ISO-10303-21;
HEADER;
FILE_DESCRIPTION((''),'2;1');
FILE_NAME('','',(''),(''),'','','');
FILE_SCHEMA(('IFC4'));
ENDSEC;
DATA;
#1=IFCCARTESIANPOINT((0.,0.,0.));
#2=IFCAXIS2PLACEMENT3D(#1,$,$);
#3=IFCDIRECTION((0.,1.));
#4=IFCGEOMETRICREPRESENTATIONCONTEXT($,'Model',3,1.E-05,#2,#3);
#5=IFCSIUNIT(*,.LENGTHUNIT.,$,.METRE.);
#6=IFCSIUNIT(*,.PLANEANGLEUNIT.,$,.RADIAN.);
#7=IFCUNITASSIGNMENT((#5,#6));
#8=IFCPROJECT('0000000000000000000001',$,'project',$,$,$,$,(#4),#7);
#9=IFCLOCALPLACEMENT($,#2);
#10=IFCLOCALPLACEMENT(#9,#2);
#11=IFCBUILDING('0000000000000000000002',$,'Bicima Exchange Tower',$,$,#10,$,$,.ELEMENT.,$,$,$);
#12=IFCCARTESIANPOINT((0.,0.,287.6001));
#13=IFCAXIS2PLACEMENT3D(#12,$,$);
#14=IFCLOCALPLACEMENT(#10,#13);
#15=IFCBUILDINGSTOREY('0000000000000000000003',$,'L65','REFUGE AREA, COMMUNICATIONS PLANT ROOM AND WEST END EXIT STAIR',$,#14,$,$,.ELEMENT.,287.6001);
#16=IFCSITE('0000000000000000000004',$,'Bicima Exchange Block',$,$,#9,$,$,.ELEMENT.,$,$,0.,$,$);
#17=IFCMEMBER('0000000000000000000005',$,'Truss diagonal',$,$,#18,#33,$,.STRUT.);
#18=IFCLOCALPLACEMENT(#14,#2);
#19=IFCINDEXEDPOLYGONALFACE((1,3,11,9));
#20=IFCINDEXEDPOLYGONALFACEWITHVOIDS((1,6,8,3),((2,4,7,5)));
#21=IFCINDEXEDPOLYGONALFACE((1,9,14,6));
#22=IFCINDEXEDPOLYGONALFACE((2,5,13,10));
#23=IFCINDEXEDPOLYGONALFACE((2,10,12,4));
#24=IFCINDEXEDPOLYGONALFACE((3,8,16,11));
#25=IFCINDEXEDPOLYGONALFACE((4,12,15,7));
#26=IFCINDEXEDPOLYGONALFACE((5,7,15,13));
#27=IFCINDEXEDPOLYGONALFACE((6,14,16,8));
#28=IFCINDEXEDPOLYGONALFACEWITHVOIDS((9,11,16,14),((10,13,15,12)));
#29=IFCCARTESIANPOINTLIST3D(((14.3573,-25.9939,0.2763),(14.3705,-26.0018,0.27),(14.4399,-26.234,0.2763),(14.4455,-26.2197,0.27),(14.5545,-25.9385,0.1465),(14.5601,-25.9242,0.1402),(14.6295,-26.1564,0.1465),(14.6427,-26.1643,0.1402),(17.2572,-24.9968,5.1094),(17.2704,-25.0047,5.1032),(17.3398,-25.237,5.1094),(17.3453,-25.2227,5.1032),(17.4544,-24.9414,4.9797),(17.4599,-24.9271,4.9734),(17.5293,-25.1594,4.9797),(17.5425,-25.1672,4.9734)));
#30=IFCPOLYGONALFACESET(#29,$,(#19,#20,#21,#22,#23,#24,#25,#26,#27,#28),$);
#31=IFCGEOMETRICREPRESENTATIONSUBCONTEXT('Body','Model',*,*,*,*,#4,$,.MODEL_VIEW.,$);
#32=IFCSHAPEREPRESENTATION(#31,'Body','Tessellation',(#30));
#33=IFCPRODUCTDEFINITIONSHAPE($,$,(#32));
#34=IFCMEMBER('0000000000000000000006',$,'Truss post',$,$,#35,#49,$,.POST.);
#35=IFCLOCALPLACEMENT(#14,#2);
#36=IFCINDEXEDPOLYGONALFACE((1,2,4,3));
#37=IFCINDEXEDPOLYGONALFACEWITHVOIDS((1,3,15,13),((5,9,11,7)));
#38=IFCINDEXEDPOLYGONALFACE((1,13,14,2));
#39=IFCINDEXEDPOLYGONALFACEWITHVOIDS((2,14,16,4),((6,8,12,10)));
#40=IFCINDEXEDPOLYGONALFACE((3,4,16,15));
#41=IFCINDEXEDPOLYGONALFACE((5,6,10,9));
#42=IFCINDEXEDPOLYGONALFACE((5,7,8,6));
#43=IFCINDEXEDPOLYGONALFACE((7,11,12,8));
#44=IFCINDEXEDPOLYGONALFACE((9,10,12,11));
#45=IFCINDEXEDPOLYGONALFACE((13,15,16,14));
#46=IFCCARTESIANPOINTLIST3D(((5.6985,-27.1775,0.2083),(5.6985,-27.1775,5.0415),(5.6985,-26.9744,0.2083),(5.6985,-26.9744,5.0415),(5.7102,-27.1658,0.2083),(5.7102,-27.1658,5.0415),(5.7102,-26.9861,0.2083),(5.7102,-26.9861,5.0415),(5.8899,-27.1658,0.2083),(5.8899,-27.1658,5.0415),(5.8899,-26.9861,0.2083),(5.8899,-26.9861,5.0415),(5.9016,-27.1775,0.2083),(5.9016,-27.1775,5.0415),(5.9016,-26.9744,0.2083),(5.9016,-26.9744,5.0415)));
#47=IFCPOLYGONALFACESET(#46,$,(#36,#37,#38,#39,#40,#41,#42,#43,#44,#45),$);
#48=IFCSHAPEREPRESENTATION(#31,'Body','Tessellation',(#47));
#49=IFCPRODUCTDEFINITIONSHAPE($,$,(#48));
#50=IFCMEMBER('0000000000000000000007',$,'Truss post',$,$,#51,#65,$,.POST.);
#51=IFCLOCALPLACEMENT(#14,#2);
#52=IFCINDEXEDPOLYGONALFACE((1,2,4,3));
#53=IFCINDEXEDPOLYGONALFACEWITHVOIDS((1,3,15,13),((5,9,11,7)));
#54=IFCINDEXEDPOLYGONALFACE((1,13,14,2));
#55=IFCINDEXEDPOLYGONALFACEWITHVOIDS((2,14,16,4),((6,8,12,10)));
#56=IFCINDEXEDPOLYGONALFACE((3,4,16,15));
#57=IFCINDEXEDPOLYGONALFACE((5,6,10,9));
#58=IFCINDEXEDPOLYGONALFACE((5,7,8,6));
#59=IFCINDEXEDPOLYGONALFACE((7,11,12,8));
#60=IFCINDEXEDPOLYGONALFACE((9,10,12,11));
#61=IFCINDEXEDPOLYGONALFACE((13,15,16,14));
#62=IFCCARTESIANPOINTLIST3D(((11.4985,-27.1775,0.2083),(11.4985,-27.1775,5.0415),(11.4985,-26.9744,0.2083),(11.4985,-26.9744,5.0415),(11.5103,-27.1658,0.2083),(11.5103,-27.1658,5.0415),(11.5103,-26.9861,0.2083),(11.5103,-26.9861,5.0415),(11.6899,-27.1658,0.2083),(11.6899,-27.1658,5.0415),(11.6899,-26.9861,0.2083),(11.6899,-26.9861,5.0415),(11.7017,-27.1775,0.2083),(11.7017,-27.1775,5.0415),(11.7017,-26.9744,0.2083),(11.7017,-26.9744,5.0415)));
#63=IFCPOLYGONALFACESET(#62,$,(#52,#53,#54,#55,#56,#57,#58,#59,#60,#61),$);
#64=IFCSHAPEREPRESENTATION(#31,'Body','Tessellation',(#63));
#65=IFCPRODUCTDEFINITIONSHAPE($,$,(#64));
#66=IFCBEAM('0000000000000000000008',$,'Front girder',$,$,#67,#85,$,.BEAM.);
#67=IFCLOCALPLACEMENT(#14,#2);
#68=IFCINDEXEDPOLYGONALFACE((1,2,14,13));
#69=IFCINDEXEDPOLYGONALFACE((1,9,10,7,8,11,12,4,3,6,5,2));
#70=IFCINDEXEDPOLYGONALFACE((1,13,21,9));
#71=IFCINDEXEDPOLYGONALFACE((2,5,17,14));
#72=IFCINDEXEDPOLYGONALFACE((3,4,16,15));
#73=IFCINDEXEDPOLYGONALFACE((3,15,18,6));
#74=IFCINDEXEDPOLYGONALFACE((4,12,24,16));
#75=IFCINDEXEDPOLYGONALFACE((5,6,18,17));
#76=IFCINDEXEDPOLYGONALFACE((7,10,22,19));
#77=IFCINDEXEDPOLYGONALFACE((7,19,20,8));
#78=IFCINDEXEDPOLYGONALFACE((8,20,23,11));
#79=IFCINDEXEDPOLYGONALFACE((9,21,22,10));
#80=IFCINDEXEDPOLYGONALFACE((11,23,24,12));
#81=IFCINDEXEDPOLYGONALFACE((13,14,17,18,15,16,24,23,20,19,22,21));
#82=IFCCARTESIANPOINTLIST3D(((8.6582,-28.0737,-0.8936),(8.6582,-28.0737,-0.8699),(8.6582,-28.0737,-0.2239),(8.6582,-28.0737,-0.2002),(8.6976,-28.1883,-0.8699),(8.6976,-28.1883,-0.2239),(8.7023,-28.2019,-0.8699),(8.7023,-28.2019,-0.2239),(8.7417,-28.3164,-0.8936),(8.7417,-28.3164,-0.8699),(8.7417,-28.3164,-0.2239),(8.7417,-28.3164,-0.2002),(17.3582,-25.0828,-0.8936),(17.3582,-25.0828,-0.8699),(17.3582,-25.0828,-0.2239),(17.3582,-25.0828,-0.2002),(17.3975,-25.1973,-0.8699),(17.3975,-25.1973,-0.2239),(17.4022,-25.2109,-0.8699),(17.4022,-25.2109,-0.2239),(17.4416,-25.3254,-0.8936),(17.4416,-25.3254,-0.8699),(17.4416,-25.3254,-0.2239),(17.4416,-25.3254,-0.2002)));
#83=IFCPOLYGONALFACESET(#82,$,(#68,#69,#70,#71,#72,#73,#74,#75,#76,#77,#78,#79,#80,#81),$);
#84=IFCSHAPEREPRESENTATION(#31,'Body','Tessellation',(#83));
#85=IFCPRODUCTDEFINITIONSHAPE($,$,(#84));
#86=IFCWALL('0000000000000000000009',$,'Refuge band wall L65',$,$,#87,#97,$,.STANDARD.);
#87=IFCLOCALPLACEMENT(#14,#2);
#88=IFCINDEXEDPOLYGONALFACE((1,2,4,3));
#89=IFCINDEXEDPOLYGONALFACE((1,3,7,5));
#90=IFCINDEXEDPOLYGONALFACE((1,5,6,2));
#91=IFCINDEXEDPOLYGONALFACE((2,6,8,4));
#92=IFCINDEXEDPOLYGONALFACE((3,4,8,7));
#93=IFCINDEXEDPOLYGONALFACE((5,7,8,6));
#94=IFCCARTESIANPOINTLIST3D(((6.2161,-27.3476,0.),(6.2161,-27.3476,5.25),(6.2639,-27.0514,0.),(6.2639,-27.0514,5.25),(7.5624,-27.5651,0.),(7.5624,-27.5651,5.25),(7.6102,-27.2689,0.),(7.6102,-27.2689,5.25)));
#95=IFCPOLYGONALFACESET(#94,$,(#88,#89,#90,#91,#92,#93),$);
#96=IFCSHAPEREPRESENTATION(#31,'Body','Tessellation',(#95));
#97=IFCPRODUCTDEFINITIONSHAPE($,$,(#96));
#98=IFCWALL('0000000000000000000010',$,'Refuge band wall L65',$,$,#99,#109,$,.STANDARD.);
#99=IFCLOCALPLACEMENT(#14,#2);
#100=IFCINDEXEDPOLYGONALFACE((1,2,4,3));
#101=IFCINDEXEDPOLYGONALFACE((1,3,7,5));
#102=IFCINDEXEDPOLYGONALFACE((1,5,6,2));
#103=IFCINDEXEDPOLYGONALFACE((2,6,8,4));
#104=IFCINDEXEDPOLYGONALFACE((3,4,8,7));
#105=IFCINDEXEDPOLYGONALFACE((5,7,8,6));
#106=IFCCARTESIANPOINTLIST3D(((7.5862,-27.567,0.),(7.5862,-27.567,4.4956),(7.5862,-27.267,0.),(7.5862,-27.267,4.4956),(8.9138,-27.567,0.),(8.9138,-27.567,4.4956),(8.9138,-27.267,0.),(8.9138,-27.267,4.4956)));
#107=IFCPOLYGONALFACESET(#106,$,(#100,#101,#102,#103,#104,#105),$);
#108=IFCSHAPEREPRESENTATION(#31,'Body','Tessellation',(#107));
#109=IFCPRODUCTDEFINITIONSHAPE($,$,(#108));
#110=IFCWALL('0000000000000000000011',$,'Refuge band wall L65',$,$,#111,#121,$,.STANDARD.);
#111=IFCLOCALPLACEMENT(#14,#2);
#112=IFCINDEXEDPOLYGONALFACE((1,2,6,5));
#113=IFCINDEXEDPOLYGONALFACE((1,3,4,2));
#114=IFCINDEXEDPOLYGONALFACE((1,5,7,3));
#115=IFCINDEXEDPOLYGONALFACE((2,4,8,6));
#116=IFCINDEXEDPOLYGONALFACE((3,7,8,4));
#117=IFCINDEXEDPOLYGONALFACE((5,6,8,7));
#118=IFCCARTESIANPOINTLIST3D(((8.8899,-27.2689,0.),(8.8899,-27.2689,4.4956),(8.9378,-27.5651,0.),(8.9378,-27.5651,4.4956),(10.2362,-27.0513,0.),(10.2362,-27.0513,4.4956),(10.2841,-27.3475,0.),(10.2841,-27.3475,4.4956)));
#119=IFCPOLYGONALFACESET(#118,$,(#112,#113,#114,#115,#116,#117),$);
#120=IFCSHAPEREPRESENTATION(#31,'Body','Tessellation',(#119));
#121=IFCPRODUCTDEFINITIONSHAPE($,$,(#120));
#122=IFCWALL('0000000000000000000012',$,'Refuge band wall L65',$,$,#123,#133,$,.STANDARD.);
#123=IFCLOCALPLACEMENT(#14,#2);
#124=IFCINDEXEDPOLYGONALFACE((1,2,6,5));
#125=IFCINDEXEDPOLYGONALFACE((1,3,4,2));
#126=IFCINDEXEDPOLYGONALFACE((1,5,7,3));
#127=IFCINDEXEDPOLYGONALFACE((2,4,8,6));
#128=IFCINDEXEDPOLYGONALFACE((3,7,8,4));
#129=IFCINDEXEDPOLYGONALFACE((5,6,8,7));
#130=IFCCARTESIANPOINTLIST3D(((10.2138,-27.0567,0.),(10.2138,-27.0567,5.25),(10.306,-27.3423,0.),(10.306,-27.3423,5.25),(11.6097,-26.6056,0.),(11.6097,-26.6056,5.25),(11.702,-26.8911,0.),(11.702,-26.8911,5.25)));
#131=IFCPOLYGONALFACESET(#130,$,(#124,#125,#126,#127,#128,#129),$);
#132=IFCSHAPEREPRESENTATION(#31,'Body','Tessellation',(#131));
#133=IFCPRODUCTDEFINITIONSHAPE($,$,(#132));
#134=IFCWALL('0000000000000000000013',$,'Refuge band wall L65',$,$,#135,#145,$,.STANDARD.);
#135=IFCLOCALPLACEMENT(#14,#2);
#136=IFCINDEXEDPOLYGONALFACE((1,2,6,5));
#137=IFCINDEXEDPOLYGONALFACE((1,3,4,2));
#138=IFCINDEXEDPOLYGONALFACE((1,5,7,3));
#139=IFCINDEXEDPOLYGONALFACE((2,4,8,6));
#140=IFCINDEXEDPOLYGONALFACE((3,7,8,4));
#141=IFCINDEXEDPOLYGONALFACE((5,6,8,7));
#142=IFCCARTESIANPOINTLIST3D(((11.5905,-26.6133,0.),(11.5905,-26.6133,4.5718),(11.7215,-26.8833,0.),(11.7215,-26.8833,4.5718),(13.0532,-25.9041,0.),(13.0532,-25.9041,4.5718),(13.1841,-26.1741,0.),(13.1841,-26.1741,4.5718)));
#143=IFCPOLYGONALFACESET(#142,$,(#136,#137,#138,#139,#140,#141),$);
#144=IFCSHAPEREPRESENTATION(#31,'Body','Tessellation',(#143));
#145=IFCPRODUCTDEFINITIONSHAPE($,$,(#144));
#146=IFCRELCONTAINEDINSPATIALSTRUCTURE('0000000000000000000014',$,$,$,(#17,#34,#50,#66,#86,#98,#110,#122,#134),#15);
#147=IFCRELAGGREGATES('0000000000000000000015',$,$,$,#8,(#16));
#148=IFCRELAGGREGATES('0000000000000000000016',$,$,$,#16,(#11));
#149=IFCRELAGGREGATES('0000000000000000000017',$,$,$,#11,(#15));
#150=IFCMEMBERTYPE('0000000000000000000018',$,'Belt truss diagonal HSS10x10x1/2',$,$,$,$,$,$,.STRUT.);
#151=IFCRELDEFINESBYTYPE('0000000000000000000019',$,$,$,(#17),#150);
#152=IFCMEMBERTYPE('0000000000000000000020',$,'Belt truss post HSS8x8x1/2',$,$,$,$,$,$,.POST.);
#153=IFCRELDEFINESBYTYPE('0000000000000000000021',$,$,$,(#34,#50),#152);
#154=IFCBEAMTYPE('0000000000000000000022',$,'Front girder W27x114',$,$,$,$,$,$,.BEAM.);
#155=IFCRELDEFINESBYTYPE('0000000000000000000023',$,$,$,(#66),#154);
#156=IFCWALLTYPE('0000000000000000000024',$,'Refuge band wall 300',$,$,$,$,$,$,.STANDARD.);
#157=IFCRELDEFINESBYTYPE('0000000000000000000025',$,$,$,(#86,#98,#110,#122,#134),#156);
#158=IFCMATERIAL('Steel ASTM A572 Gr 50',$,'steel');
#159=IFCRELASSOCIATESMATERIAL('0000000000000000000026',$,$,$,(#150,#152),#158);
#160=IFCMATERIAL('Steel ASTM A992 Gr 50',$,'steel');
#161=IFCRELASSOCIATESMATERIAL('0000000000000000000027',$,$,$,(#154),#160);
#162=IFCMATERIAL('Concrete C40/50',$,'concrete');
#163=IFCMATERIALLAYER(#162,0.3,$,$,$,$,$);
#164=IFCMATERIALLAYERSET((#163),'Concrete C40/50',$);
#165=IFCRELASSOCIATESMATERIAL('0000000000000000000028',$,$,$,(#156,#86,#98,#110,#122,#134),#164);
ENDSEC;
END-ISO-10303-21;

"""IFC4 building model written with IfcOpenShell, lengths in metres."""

from ifc_helpers import new_model, si_unit, direction, frame, frame_2d, origin, origin_2d, place, context, subcontext, project, spatial, rectangle, hollow_rectangle, i_section, extrude, material, layer, layer_set, layer_usage, material_profile, profile_set, type_object, element, save


model = new_model("IFC4")

# Units and contexts
model_context = context("Model", 3, precision=1e-05, world=origin(), true_north=direction((0.0, 1.0)))
body_context = subcontext(model_context, "Body", "Model", "MODEL_VIEW")
ifc_project = project(units=[si_unit("LENGTHUNIT", "METRE"), si_unit("PLANEANGLEUNIT", "RADIAN")], contexts=[model_context])

# Site, building, storey
site_placement = place(None, origin())
site = spatial("IfcSite", under=ifc_project, at=site_placement, Name="Bicima Exchange Block", CompositionType="ELEMENT", RefElevation=0.0)
building_placement = place(site_placement, origin())
building = spatial("IfcBuilding", under=site, at=building_placement, Name="Bicima Exchange Tower", CompositionType="ELEMENT")
storey_placement = place(building_placement, frame((0.0, 0.0, 287.6001)))
storey = spatial("IfcBuildingStorey", under=building, at=storey_placement, Name="L65", Description="REFUGE AREA, COMMUNICATIONS PLANT ROOM AND WEST END EXIT STAIR", CompositionType="ELEMENT", Elevation=287.6001)

# Shared definitions
ifc_material_1 = material(Name="Steel ASTM A992 Gr 50", Category="steel")

# Members
ifc_material_2 = material(Name="Steel ASTM A572 Gr 50", Category="steel")
ifc_material_profile_1 = material_profile(ifc_material_2, hollow_rectangle(XDim=0.2539, YDim=0.2539, WallThickness=0.0117, at=origin_2d()))
ifc_profile_set_1 = profile_set([ifc_material_profile_1], Name="Steel ASTM A572 Gr 50")
member_type_1 = type_object("IfcMemberType", Name="Belt truss diagonal HSS10x10x1/2", PredefinedType="STRUT", material=ifc_profile_set_1)
for number, where, z_axis, x_axis, name in (
    (1, (14.5, -26.0791, 0.2083), (0.506624, 0.174192, 0.844387), (-0.325147, 0.945664, 0.0), "Truss diagonal"),
):
    element("IfcMember", number, at=place(storey_placement, frame(where, z_axis=z_axis, x_axis=x_axis)), inside=storey, type_object=member_type_1, Name=name, PredefinedType="STRUT", context=body_context, shape_type="SweptSolid", body=[
        extrude(hollow_rectangle(XDim=0.2539, YDim=0.2539, WallThickness=0.0117, at=origin_2d()), origin(), (0.0, 0.0, 1.0), 5.7239),
    ])
ifc_material_profile_2 = material_profile(ifc_material_2, hollow_rectangle(XDim=0.2031, YDim=0.2031, WallThickness=0.0117, at=origin_2d()))
ifc_profile_set_2 = profile_set([ifc_material_profile_2], Name="Steel ASTM A572 Gr 50")
member_type_2 = type_object("IfcMemberType", Name="Belt truss post HSS8x8x1/2", PredefinedType="POST", material=ifc_profile_set_2)
for number, where, z_axis, x_axis, name in (
    (2, (5.8, -27.0759, 0.2083), (0.0, 0.0, 1.0), (1.0, 0.0, 0.0), "Truss post"),
    (3, (11.6001, -27.0759, 0.2083), (0.0, 0.0, 1.0), (1.0, 0.0, 0.0), "Truss post"),
):
    element("IfcMember", number, at=place(storey_placement, frame(where, z_axis=z_axis, x_axis=x_axis)), inside=storey, type_object=member_type_2, Name=name, PredefinedType="POST", context=body_context, shape_type="SweptSolid", body=[
        extrude(hollow_rectangle(XDim=0.2031, YDim=0.2031, WallThickness=0.0117, at=origin_2d()), origin(), (0.0, 0.0, 1.0), 4.8333),
    ])

# Beam
ifc_material_profile_3 = material_profile(ifc_material_1, i_section(OverallWidth=0.2566, OverallDepth=0.6934, WebThickness=0.0144, FlangeThickness=0.0237, at=origin_2d()))
ifc_profile_set_3 = profile_set([ifc_material_profile_3], Name="Steel ASTM A992 Gr 50")
beam_type = type_object("IfcBeamType", Name="Front girder W27x114", PredefinedType="BEAM", material=ifc_profile_set_3)
beam_placement = place(storey_placement, frame((8.7, -28.1951, -0.5469), z_axis=(0.945675, 0.325115, 0.0), x_axis=(-0.325115, 0.945675, 0.0)))
element("IfcBeam", 4, at=beam_placement, inside=storey, type_object=beam_type, Name="Front girder", PredefinedType="BEAM", context=body_context, shape_type="SweptSolid", body=[
    extrude(i_section(OverallWidth=0.2566, OverallDepth=0.6934, WebThickness=0.0144, FlangeThickness=0.0237, at=origin_2d()), origin(), (0.0, 0.0, 1.0), 9.1997),
])

# Walls
ifc_material_3 = material(Name="Concrete C40/50", Category="concrete")
ifc_layer = layer(ifc_material_3, 0.3)
ifc_layer_set = layer_set([ifc_layer], Name="Concrete C40/50")
ifc_layer_usage = layer_usage(ifc_layer_set, "AXIS2", "POSITIVE", -0.15)
wall_type = type_object("IfcWallType", Name="Refuge band wall 300", PredefinedType="STANDARD", material=ifc_layer_set)
wall_1_placement = place(storey_placement, frame((6.24, -27.1995, 0.0), z_axis=(0.0, 0.0, 1.0), x_axis=(0.987195, -0.15952, 0.0)))
element("IfcWall", 5, at=wall_1_placement, inside=storey, type_object=wall_type, material=ifc_layer_usage, Name="Refuge band wall L65", PredefinedType="STANDARD", context=body_context, shape_type="SweptSolid", body=[
    extrude(rectangle(XDim=1.3638, YDim=0.3, at=frame_2d((0.6819, 0.0))), origin(), (0.0, 0.0, 1.0), 5.25),
])
wall_2_placement = place(storey_placement, frame((7.5862, -27.417, 0.0), z_axis=(0.0, 0.0, 1.0), x_axis=(1.0, 0.0, 0.0)))
element("IfcWall", 6, at=wall_2_placement, inside=storey, type_object=wall_type, material=ifc_layer_usage, Name="Refuge band wall L65", PredefinedType="STANDARD", context=body_context, shape_type="SweptSolid", body=[
    extrude(rectangle(XDim=1.3276, YDim=0.3, at=frame_2d((0.6638, 0.0))), origin(), (0.0, 0.0, 1.0), 4.4956),
])
wall_3_placement = place(storey_placement, frame((8.9138, -27.417, 0.0), z_axis=(0.0, 0.0, 1.0), x_axis=(0.987195, 0.15952, 0.0)))
element("IfcWall", 7, at=wall_3_placement, inside=storey, type_object=wall_type, material=ifc_layer_usage, Name="Refuge band wall L65", PredefinedType="STANDARD", context=body_context, shape_type="SweptSolid", body=[
    extrude(rectangle(XDim=1.3638, YDim=0.3, at=frame_2d((0.6819, 0.0))), origin(), (0.0, 0.0, 1.0), 4.4956),
])
wall_4_placement = place(storey_placement, frame((10.26, -27.1995, 0.0), z_axis=(0.0, 0.0, 1.0), x_axis=(0.951539, 0.307528, 0.0)))
element("IfcWall", 8, at=wall_4_placement, inside=storey, type_object=wall_type, material=ifc_layer_usage, Name="Refuge band wall L65", PredefinedType="STANDARD", context=body_context, shape_type="SweptSolid", body=[
    extrude(rectangle(XDim=1.467, YDim=0.3, at=frame_2d((0.7334, 0.0))), origin(), (0.0, 0.0, 1.0), 5.25),
])
wall_5_placement = place(storey_placement, frame((11.656, -26.7483, 0.0), z_axis=(0.0, 0.0, 1.0), x_axis=(0.899798, 0.436307, 0.0)))
element("IfcWall", 9, at=wall_5_placement, inside=storey, type_object=wall_type, material=ifc_layer_usage, Name="Refuge band wall L65", PredefinedType="STANDARD", context=body_context, shape_type="SweptSolid", body=[
    extrude(rectangle(XDim=1.6255, YDim=0.3, at=frame_2d((0.8127, 0.0))), origin(), (0.0, 0.0, 1.0), 4.5718),
])

save(model, "model.ifc")
